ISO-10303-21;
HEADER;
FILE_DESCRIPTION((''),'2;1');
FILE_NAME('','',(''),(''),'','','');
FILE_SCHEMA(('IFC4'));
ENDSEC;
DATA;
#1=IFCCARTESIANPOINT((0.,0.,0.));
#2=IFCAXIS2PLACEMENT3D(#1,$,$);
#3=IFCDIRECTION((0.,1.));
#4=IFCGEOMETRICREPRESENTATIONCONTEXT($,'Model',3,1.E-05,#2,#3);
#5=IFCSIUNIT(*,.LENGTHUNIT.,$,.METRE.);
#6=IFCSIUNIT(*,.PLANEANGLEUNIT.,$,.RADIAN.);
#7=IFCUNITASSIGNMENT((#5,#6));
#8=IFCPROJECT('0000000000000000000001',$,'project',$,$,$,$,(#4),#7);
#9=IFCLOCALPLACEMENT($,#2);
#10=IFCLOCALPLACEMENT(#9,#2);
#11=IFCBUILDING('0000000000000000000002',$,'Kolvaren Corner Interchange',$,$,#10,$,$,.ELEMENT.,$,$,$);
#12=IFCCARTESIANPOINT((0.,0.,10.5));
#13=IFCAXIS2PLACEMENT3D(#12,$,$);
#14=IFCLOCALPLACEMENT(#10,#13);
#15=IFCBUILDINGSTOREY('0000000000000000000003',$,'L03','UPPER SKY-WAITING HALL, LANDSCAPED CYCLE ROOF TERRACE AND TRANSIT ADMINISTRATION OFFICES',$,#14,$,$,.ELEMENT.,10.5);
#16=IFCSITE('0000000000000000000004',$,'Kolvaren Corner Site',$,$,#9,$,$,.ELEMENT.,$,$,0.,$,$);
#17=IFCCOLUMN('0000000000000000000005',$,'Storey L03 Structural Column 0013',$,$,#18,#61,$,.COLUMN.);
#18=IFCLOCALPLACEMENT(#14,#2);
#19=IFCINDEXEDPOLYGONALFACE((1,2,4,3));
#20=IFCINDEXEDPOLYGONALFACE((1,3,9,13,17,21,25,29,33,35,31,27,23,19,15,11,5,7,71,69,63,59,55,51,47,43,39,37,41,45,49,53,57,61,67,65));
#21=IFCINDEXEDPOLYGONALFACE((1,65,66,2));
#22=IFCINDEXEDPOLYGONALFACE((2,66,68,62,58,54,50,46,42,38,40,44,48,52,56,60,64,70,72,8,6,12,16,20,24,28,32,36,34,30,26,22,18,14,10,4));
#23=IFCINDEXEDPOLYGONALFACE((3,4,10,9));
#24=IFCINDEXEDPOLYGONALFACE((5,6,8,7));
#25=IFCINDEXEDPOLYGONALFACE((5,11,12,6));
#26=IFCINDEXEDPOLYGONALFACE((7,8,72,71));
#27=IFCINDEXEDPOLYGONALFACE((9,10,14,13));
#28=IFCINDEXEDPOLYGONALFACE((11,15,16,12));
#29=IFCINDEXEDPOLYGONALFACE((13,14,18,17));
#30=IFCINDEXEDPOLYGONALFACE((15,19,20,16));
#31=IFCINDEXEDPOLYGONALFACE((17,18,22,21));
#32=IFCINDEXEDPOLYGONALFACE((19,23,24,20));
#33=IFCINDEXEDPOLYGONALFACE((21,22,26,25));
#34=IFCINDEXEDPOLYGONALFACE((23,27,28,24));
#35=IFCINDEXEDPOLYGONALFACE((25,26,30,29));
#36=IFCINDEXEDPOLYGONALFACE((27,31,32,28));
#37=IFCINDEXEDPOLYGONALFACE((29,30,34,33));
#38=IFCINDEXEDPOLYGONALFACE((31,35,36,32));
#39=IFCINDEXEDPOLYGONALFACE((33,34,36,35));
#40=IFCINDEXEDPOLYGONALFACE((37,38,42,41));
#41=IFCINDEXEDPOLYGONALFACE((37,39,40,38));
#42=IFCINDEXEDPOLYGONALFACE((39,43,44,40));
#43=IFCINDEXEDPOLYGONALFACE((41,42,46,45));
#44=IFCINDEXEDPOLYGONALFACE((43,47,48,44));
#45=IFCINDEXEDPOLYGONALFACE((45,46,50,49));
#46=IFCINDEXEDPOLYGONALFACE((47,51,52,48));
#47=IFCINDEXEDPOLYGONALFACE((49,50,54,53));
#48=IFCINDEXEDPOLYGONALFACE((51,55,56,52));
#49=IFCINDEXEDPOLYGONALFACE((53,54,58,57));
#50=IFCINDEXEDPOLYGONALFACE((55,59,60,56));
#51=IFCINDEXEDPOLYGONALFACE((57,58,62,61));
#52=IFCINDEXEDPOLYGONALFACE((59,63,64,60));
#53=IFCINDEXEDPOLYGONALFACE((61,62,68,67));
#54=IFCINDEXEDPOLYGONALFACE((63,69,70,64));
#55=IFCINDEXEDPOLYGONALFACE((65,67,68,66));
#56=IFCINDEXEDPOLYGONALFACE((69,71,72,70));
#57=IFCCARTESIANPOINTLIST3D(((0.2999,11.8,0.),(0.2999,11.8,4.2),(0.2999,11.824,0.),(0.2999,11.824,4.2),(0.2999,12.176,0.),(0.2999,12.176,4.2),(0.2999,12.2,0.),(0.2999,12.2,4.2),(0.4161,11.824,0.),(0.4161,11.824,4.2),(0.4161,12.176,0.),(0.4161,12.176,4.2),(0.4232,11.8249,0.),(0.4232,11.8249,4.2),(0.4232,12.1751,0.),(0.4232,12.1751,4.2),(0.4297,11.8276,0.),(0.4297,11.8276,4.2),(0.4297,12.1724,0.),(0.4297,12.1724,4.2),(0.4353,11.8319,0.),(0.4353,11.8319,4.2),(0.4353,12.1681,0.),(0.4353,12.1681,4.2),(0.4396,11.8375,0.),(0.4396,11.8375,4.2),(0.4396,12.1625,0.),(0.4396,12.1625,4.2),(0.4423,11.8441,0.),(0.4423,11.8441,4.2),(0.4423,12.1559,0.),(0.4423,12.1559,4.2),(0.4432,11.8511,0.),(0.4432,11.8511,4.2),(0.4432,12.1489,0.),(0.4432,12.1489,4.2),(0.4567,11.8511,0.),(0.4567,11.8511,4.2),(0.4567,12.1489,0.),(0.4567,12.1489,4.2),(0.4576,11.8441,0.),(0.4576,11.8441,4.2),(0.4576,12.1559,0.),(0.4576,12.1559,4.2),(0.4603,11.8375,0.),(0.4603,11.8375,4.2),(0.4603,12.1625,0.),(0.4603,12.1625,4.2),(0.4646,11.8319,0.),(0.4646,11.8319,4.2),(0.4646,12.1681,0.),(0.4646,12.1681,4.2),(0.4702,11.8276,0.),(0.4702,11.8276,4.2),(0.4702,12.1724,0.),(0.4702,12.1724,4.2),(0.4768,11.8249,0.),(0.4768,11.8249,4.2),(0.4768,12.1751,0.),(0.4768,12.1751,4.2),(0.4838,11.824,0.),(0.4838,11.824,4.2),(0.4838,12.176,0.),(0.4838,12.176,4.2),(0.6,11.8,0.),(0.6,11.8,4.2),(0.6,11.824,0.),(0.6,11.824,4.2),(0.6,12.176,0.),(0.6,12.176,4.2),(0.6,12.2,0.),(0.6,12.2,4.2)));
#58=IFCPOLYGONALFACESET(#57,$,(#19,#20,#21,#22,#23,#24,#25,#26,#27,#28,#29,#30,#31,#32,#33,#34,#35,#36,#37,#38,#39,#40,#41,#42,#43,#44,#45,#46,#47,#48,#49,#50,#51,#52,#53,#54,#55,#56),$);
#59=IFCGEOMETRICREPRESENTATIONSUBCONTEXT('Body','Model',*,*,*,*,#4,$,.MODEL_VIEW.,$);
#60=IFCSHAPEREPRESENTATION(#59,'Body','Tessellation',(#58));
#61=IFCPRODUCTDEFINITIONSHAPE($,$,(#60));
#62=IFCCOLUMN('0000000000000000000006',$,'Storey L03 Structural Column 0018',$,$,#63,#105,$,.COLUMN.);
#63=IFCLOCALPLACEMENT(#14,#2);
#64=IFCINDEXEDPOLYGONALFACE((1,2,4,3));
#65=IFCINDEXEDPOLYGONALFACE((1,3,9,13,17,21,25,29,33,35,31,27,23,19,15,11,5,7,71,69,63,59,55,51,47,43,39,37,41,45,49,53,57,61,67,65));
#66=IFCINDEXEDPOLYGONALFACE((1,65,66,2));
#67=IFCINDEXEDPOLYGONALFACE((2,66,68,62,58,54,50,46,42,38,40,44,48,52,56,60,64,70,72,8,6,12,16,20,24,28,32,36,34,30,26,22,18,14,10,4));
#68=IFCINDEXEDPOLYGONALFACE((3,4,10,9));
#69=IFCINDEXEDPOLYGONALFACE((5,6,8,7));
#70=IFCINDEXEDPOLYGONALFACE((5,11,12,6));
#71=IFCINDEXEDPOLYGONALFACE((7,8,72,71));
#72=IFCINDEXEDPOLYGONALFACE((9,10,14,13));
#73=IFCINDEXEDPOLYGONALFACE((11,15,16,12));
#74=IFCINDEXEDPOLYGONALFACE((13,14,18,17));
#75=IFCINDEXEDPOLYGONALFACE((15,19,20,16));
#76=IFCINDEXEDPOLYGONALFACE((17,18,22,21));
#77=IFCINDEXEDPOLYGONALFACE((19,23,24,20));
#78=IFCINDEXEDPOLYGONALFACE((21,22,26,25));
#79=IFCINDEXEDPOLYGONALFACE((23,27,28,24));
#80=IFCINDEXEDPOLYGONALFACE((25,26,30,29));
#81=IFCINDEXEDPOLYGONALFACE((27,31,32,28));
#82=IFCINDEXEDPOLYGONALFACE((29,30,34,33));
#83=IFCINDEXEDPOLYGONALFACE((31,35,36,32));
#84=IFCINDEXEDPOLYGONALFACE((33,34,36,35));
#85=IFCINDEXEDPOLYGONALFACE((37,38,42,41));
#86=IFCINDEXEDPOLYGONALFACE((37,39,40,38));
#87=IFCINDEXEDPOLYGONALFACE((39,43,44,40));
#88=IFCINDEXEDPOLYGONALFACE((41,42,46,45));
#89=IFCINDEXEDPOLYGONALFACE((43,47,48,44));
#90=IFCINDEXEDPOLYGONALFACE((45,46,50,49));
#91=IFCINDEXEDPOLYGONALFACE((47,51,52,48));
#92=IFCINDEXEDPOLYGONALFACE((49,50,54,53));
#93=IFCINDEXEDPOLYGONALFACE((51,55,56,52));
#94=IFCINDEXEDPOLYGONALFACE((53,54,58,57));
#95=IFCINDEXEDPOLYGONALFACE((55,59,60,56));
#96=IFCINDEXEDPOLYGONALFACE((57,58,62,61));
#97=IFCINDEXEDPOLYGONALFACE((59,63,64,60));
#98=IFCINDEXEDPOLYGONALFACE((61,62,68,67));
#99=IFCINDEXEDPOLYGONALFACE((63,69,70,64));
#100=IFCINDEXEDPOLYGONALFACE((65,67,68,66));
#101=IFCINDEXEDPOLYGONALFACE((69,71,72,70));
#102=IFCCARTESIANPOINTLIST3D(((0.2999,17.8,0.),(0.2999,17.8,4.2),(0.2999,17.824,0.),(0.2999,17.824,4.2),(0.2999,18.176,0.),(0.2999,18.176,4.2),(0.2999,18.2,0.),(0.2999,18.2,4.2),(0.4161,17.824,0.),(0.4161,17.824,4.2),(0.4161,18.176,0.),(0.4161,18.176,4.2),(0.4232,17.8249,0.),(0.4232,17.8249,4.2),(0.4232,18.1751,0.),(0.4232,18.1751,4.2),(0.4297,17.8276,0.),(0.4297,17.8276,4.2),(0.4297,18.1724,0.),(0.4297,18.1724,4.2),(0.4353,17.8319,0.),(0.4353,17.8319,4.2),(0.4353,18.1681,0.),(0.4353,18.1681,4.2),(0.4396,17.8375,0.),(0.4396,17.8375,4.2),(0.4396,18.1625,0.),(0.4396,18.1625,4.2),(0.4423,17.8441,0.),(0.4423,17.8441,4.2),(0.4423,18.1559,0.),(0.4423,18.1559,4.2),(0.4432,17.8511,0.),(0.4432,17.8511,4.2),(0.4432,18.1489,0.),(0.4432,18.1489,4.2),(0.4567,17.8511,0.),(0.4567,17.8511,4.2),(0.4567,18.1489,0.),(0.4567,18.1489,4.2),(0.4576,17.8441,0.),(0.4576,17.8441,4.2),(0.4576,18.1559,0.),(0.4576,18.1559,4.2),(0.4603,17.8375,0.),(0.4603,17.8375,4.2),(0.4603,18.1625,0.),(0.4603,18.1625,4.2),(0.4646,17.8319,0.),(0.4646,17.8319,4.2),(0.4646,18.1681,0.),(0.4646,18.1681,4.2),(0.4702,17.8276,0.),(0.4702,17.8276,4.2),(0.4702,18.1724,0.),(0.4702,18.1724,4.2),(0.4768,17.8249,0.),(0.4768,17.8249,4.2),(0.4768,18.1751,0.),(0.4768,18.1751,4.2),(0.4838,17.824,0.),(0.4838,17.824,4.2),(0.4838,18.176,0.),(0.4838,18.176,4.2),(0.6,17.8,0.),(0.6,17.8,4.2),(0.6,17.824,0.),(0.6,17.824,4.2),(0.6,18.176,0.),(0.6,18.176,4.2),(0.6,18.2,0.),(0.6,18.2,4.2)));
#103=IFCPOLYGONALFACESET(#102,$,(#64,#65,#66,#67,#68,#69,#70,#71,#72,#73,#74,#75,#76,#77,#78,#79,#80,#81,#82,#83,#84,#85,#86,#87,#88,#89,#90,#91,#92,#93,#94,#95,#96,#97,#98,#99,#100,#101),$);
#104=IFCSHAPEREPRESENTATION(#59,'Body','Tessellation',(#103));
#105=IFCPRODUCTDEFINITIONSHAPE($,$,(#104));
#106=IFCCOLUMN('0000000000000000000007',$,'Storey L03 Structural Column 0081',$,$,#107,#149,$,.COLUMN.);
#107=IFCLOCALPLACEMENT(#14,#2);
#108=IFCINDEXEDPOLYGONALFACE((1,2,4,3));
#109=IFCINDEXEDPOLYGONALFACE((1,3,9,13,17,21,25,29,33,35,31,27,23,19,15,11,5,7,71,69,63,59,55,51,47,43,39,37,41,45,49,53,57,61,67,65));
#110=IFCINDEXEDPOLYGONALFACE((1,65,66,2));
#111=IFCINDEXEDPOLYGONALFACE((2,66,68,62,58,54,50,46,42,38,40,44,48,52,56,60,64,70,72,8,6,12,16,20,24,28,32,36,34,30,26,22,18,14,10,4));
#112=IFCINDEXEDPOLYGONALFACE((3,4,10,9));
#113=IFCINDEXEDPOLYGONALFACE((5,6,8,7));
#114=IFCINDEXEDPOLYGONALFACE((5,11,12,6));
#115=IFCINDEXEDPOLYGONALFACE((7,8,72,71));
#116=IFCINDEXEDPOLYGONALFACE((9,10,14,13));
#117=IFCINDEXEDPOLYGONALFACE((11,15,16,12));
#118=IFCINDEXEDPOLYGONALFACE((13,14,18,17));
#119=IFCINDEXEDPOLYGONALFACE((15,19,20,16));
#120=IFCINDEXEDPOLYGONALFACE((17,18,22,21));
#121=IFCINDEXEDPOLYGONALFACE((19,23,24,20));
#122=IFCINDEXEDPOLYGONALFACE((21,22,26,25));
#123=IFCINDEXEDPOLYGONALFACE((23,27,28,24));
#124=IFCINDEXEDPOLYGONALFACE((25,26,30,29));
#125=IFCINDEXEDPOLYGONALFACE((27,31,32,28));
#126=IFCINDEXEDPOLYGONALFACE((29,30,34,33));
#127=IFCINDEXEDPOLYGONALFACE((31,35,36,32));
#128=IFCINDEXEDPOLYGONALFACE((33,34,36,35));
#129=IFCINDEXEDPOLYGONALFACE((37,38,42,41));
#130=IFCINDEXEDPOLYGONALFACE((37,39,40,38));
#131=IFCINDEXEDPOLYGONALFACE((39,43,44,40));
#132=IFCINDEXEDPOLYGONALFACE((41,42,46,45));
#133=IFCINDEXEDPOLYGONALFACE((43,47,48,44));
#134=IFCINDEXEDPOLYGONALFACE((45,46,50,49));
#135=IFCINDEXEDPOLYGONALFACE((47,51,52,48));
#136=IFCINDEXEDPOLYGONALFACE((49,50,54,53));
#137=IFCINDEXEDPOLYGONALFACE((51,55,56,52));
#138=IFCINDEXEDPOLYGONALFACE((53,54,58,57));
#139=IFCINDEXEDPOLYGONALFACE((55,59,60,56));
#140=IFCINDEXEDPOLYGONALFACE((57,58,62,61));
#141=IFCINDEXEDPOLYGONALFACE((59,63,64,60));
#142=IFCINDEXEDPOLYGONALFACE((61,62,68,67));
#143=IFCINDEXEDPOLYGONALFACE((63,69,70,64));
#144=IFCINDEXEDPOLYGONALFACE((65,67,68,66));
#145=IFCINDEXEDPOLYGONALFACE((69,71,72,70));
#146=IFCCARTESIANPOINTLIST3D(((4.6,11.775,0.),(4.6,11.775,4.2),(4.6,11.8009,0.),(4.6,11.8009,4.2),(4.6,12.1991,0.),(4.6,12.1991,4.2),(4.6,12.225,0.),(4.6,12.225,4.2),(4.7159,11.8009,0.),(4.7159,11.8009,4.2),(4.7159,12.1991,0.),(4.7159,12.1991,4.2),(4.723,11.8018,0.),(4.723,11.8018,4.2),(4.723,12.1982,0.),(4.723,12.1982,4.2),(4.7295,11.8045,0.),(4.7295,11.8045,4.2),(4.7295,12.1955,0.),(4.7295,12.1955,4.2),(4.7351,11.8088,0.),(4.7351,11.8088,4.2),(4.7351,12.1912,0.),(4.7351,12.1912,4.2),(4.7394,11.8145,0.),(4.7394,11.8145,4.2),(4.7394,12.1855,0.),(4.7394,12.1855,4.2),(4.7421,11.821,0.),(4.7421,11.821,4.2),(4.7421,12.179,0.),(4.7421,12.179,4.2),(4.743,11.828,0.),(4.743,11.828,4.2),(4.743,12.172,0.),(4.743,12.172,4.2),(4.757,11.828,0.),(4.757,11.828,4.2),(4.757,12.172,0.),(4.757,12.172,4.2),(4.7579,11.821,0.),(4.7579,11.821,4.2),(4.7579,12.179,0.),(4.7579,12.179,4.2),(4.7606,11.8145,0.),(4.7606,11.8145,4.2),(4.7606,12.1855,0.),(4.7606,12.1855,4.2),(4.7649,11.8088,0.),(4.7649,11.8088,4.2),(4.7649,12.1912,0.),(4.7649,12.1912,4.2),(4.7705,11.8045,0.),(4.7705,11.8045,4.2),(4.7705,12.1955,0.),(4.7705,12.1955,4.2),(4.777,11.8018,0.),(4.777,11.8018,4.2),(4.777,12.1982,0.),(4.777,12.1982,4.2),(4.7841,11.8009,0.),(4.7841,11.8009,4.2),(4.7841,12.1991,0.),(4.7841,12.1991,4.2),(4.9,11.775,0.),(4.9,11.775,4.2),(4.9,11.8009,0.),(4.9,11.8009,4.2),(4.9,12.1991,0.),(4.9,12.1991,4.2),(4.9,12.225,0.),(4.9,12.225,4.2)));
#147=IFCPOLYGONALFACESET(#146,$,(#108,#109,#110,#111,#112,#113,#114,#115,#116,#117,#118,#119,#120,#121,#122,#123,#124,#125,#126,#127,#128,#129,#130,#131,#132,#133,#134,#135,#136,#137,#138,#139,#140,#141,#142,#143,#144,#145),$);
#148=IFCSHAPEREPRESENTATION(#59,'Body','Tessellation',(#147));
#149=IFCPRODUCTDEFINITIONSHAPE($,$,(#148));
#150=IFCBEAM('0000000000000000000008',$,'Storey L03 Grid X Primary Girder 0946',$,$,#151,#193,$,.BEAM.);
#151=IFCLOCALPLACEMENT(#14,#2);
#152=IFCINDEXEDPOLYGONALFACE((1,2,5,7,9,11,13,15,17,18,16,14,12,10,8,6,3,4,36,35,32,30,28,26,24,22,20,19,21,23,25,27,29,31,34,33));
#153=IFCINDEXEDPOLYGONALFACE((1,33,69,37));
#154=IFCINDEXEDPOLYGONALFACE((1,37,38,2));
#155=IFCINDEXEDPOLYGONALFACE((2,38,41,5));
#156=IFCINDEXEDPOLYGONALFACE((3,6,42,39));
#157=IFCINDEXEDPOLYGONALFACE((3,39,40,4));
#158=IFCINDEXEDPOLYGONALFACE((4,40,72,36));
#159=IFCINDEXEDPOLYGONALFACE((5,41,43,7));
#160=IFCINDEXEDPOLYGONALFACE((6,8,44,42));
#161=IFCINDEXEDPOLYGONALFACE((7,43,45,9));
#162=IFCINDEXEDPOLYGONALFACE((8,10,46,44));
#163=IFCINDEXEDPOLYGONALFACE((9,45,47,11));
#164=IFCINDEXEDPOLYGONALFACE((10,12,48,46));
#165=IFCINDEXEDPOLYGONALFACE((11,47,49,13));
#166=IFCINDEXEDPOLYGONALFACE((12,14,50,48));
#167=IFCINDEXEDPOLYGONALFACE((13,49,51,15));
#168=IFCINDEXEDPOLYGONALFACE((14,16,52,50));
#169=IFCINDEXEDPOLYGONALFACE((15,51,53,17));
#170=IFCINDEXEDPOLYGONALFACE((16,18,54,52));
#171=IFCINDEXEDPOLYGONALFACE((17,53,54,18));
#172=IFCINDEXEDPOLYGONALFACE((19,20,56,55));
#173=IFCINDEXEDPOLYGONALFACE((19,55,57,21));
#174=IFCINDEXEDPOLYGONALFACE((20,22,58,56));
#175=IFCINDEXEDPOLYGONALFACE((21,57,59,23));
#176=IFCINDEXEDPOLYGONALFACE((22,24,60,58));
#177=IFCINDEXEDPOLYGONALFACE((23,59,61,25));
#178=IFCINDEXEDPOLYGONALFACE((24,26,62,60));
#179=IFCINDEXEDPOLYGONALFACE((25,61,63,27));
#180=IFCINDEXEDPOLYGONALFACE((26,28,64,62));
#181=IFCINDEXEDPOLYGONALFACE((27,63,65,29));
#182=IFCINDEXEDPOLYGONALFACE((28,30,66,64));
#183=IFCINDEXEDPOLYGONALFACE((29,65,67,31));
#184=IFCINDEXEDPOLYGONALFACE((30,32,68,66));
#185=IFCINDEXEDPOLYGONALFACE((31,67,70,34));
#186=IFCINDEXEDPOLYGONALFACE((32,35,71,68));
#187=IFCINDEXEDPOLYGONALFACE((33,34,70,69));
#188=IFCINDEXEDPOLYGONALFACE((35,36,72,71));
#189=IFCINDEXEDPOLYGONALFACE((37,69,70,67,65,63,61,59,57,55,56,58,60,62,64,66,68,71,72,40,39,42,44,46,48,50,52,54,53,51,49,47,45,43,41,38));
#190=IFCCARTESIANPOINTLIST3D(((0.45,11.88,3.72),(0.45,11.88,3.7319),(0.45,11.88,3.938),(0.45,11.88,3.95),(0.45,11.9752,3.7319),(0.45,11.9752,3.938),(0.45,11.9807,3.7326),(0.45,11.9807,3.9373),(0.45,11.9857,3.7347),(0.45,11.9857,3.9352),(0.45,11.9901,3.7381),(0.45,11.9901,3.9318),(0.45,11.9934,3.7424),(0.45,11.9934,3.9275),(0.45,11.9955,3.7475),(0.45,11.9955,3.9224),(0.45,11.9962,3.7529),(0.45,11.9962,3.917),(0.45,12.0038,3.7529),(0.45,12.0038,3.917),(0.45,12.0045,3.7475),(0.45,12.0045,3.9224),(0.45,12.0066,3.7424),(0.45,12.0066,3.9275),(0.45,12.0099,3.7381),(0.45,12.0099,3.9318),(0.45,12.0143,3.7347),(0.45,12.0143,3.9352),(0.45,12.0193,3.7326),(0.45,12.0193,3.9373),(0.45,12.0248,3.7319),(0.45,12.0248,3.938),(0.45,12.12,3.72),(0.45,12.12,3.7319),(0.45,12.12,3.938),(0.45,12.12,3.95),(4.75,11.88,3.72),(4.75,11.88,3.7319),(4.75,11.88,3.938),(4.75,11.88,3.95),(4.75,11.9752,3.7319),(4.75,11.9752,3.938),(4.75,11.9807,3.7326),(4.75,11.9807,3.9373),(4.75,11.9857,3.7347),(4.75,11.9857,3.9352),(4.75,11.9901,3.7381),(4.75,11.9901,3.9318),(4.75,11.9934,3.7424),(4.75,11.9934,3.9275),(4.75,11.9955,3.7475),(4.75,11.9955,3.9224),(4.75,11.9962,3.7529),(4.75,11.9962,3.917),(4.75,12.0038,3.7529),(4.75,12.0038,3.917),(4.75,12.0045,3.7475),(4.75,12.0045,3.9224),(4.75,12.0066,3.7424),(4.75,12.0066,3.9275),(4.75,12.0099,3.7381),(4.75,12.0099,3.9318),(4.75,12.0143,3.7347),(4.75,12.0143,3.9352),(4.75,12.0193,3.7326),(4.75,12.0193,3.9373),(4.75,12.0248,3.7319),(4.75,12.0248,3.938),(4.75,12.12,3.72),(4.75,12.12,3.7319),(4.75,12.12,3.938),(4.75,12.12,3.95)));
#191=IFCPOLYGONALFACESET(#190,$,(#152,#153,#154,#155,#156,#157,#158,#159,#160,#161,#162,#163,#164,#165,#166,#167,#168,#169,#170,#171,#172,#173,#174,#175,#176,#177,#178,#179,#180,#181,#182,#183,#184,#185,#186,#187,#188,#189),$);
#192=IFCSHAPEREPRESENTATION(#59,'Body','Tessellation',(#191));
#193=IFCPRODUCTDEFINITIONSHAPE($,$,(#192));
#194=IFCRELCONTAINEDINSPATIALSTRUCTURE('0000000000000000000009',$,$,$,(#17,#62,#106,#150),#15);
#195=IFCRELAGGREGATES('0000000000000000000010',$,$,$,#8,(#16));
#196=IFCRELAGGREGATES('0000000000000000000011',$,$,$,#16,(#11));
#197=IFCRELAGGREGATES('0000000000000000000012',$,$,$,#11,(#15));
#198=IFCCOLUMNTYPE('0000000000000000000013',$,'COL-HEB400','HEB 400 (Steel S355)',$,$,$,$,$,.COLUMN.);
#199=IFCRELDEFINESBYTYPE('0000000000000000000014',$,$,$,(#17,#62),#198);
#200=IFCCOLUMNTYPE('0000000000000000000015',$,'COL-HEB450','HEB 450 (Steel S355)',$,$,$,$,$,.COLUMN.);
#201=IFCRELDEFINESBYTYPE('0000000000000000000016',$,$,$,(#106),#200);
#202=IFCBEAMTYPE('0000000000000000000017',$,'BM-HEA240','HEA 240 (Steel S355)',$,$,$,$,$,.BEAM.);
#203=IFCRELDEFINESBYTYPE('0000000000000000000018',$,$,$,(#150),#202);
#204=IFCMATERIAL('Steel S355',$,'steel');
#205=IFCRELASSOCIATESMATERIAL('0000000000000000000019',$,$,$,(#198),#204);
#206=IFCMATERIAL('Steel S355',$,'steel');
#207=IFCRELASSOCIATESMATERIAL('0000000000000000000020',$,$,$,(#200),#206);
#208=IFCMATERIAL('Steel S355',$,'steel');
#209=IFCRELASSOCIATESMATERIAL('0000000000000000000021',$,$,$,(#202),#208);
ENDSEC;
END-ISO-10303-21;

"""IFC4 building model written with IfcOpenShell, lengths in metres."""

from ifc_helpers import new_model, si_unit, direction, frame, origin, origin_2d, place, context, subcontext, project, spatial, i_section, extrude, material, material_profile, profile_set, type_object, element, save


model = new_model("IFC4")

# Units and contexts
model_context = context("Model", 3, precision=1e-05, world=origin(), true_north=direction((0.0, 1.0)))
body_context = subcontext(model_context, "Body", "Model", "MODEL_VIEW")
ifc_project = project(units=[si_unit("LENGTHUNIT", "METRE"), si_unit("PLANEANGLEUNIT", "RADIAN")], contexts=[model_context])

# Site, building, storey
site_placement = place(None, origin())
site = spatial("IfcSite", under=ifc_project, at=site_placement, Name="Kolvaren Corner Site", CompositionType="ELEMENT", RefElevation=0.0)
building_placement = place(site_placement, origin())
building = spatial("IfcBuilding", under=site, at=building_placement, Name="Kolvaren Corner Interchange", CompositionType="ELEMENT")
storey_placement = place(building_placement, frame((0.0, 0.0, 10.5)))
storey = spatial("IfcBuildingStorey", under=building, at=storey_placement, Name="L03", Description="UPPER SKY-WAITING HALL, LANDSCAPED CYCLE ROOF TERRACE AND TRANSIT ADMINISTRATION OFFICES", CompositionType="ELEMENT", Elevation=10.5)

# Columns
ifc_material_1 = material(Name="Steel S355", Category="steel")
ifc_material_profile_1 = material_profile(ifc_material_1, i_section(OverallWidth=0.3, OverallDepth=0.3999, WebThickness=0.0134, FlangeThickness=0.0239, FilletRadius=0.0271, at=origin_2d()), Name="HEB 400")
ifc_profile_set_1 = profile_set([ifc_material_profile_1], Name="Steel S355")
column_type_1 = type_object("IfcColumnType", Name="COL-HEB400", Description="HEB 400 (Steel S355)", PredefinedType="COLUMN", material=ifc_profile_set_1)
for number, where, z_axis, x_axis, name in (
    (1, (0.45, 12.0, 0.0), (0.0, 0.0, 1.0), (1.0, 0.0, 0.0), "Storey L03 Structural Column 0013"),
    (2, (0.45, 18.0, 0.0), (0.0, 0.0, 1.0), (1.0, 0.0, 0.0), "Storey L03 Structural Column 0018"),
):
    element("IfcColumn", number, at=place(storey_placement, frame(where, z_axis=z_axis, x_axis=x_axis)), inside=storey, type_object=column_type_1, Name=name, PredefinedType="COLUMN", context=body_context, shape_type="SweptSolid", body=[
        extrude(i_section(OverallWidth=0.3, OverallDepth=0.3999, WebThickness=0.0134, FlangeThickness=0.0239, FilletRadius=0.0271, at=origin_2d()), origin(), (0.0, 0.0, 1.0), 4.2),
    ])
ifc_material_2 = material(Name="Steel S355", Category="steel")
ifc_material_profile_2 = material_profile(ifc_material_2, i_section(OverallWidth=0.3, OverallDepth=0.45, WebThickness=0.0139, FlangeThickness=0.0259, FilletRadius=0.0271, at=origin_2d()), Name="HEB 450")
ifc_profile_set_2 = profile_set([ifc_material_profile_2], Name="Steel S355")
column_type_2 = type_object("IfcColumnType", Name="COL-HEB450", Description="HEB 450 (Steel S355)", PredefinedType="COLUMN", material=ifc_profile_set_2)
column_placement = place(storey_placement, frame((4.75, 12.0, 0.0), z_axis=(0.0, 0.0, 1.0), x_axis=(1.0, 0.0, 0.0)))
element("IfcColumn", 3, at=column_placement, inside=storey, type_object=column_type_2, Name="Storey L03 Structural Column 0081", PredefinedType="COLUMN", context=body_context, shape_type="SweptSolid", body=[
    extrude(i_section(OverallWidth=0.3, OverallDepth=0.45, WebThickness=0.0139, FlangeThickness=0.0259, FilletRadius=0.0271, at=origin_2d()), origin(), (0.0, 0.0, 1.0), 4.2),
])

# Beam
ifc_material_3 = material(Name="Steel S355", Category="steel")
ifc_material_profile_3 = material_profile(ifc_material_3, i_section(OverallWidth=0.24, OverallDepth=0.23, WebThickness=0.0076, FlangeThickness=0.012, FilletRadius=0.021, at=origin_2d()), Name="HEA 240")
ifc_profile_set_3 = profile_set([ifc_material_profile_3], Name="Steel S355")
beam_type_1 = type_object("IfcBeamType", Name="BM-HEA240", Description="HEA 240 (Steel S355)", PredefinedType="BEAM", material=ifc_profile_set_3)
for number, where, z_axis, x_axis, name in (
    (4, (0.45, 12.0, 3.835), (1.0, 0.0, 0.0), (0.0, 1.0, 0.0), "Storey L03 Grid X Primary Girder 0946"),
):
    element("IfcBeam", number, at=place(storey_placement, frame(where, z_axis=z_axis, x_axis=x_axis)), inside=storey, type_object=beam_type_1, Name=name, PredefinedType="BEAM", context=body_context, shape_type="SweptSolid", body=[
        extrude(i_section(OverallWidth=0.24, OverallDepth=0.23, WebThickness=0.0076, FlangeThickness=0.012, FilletRadius=0.021, at=origin_2d()), origin(), (0.0, 0.0, 1.0), 4.3),
    ])

save(model, "model.ifc")
